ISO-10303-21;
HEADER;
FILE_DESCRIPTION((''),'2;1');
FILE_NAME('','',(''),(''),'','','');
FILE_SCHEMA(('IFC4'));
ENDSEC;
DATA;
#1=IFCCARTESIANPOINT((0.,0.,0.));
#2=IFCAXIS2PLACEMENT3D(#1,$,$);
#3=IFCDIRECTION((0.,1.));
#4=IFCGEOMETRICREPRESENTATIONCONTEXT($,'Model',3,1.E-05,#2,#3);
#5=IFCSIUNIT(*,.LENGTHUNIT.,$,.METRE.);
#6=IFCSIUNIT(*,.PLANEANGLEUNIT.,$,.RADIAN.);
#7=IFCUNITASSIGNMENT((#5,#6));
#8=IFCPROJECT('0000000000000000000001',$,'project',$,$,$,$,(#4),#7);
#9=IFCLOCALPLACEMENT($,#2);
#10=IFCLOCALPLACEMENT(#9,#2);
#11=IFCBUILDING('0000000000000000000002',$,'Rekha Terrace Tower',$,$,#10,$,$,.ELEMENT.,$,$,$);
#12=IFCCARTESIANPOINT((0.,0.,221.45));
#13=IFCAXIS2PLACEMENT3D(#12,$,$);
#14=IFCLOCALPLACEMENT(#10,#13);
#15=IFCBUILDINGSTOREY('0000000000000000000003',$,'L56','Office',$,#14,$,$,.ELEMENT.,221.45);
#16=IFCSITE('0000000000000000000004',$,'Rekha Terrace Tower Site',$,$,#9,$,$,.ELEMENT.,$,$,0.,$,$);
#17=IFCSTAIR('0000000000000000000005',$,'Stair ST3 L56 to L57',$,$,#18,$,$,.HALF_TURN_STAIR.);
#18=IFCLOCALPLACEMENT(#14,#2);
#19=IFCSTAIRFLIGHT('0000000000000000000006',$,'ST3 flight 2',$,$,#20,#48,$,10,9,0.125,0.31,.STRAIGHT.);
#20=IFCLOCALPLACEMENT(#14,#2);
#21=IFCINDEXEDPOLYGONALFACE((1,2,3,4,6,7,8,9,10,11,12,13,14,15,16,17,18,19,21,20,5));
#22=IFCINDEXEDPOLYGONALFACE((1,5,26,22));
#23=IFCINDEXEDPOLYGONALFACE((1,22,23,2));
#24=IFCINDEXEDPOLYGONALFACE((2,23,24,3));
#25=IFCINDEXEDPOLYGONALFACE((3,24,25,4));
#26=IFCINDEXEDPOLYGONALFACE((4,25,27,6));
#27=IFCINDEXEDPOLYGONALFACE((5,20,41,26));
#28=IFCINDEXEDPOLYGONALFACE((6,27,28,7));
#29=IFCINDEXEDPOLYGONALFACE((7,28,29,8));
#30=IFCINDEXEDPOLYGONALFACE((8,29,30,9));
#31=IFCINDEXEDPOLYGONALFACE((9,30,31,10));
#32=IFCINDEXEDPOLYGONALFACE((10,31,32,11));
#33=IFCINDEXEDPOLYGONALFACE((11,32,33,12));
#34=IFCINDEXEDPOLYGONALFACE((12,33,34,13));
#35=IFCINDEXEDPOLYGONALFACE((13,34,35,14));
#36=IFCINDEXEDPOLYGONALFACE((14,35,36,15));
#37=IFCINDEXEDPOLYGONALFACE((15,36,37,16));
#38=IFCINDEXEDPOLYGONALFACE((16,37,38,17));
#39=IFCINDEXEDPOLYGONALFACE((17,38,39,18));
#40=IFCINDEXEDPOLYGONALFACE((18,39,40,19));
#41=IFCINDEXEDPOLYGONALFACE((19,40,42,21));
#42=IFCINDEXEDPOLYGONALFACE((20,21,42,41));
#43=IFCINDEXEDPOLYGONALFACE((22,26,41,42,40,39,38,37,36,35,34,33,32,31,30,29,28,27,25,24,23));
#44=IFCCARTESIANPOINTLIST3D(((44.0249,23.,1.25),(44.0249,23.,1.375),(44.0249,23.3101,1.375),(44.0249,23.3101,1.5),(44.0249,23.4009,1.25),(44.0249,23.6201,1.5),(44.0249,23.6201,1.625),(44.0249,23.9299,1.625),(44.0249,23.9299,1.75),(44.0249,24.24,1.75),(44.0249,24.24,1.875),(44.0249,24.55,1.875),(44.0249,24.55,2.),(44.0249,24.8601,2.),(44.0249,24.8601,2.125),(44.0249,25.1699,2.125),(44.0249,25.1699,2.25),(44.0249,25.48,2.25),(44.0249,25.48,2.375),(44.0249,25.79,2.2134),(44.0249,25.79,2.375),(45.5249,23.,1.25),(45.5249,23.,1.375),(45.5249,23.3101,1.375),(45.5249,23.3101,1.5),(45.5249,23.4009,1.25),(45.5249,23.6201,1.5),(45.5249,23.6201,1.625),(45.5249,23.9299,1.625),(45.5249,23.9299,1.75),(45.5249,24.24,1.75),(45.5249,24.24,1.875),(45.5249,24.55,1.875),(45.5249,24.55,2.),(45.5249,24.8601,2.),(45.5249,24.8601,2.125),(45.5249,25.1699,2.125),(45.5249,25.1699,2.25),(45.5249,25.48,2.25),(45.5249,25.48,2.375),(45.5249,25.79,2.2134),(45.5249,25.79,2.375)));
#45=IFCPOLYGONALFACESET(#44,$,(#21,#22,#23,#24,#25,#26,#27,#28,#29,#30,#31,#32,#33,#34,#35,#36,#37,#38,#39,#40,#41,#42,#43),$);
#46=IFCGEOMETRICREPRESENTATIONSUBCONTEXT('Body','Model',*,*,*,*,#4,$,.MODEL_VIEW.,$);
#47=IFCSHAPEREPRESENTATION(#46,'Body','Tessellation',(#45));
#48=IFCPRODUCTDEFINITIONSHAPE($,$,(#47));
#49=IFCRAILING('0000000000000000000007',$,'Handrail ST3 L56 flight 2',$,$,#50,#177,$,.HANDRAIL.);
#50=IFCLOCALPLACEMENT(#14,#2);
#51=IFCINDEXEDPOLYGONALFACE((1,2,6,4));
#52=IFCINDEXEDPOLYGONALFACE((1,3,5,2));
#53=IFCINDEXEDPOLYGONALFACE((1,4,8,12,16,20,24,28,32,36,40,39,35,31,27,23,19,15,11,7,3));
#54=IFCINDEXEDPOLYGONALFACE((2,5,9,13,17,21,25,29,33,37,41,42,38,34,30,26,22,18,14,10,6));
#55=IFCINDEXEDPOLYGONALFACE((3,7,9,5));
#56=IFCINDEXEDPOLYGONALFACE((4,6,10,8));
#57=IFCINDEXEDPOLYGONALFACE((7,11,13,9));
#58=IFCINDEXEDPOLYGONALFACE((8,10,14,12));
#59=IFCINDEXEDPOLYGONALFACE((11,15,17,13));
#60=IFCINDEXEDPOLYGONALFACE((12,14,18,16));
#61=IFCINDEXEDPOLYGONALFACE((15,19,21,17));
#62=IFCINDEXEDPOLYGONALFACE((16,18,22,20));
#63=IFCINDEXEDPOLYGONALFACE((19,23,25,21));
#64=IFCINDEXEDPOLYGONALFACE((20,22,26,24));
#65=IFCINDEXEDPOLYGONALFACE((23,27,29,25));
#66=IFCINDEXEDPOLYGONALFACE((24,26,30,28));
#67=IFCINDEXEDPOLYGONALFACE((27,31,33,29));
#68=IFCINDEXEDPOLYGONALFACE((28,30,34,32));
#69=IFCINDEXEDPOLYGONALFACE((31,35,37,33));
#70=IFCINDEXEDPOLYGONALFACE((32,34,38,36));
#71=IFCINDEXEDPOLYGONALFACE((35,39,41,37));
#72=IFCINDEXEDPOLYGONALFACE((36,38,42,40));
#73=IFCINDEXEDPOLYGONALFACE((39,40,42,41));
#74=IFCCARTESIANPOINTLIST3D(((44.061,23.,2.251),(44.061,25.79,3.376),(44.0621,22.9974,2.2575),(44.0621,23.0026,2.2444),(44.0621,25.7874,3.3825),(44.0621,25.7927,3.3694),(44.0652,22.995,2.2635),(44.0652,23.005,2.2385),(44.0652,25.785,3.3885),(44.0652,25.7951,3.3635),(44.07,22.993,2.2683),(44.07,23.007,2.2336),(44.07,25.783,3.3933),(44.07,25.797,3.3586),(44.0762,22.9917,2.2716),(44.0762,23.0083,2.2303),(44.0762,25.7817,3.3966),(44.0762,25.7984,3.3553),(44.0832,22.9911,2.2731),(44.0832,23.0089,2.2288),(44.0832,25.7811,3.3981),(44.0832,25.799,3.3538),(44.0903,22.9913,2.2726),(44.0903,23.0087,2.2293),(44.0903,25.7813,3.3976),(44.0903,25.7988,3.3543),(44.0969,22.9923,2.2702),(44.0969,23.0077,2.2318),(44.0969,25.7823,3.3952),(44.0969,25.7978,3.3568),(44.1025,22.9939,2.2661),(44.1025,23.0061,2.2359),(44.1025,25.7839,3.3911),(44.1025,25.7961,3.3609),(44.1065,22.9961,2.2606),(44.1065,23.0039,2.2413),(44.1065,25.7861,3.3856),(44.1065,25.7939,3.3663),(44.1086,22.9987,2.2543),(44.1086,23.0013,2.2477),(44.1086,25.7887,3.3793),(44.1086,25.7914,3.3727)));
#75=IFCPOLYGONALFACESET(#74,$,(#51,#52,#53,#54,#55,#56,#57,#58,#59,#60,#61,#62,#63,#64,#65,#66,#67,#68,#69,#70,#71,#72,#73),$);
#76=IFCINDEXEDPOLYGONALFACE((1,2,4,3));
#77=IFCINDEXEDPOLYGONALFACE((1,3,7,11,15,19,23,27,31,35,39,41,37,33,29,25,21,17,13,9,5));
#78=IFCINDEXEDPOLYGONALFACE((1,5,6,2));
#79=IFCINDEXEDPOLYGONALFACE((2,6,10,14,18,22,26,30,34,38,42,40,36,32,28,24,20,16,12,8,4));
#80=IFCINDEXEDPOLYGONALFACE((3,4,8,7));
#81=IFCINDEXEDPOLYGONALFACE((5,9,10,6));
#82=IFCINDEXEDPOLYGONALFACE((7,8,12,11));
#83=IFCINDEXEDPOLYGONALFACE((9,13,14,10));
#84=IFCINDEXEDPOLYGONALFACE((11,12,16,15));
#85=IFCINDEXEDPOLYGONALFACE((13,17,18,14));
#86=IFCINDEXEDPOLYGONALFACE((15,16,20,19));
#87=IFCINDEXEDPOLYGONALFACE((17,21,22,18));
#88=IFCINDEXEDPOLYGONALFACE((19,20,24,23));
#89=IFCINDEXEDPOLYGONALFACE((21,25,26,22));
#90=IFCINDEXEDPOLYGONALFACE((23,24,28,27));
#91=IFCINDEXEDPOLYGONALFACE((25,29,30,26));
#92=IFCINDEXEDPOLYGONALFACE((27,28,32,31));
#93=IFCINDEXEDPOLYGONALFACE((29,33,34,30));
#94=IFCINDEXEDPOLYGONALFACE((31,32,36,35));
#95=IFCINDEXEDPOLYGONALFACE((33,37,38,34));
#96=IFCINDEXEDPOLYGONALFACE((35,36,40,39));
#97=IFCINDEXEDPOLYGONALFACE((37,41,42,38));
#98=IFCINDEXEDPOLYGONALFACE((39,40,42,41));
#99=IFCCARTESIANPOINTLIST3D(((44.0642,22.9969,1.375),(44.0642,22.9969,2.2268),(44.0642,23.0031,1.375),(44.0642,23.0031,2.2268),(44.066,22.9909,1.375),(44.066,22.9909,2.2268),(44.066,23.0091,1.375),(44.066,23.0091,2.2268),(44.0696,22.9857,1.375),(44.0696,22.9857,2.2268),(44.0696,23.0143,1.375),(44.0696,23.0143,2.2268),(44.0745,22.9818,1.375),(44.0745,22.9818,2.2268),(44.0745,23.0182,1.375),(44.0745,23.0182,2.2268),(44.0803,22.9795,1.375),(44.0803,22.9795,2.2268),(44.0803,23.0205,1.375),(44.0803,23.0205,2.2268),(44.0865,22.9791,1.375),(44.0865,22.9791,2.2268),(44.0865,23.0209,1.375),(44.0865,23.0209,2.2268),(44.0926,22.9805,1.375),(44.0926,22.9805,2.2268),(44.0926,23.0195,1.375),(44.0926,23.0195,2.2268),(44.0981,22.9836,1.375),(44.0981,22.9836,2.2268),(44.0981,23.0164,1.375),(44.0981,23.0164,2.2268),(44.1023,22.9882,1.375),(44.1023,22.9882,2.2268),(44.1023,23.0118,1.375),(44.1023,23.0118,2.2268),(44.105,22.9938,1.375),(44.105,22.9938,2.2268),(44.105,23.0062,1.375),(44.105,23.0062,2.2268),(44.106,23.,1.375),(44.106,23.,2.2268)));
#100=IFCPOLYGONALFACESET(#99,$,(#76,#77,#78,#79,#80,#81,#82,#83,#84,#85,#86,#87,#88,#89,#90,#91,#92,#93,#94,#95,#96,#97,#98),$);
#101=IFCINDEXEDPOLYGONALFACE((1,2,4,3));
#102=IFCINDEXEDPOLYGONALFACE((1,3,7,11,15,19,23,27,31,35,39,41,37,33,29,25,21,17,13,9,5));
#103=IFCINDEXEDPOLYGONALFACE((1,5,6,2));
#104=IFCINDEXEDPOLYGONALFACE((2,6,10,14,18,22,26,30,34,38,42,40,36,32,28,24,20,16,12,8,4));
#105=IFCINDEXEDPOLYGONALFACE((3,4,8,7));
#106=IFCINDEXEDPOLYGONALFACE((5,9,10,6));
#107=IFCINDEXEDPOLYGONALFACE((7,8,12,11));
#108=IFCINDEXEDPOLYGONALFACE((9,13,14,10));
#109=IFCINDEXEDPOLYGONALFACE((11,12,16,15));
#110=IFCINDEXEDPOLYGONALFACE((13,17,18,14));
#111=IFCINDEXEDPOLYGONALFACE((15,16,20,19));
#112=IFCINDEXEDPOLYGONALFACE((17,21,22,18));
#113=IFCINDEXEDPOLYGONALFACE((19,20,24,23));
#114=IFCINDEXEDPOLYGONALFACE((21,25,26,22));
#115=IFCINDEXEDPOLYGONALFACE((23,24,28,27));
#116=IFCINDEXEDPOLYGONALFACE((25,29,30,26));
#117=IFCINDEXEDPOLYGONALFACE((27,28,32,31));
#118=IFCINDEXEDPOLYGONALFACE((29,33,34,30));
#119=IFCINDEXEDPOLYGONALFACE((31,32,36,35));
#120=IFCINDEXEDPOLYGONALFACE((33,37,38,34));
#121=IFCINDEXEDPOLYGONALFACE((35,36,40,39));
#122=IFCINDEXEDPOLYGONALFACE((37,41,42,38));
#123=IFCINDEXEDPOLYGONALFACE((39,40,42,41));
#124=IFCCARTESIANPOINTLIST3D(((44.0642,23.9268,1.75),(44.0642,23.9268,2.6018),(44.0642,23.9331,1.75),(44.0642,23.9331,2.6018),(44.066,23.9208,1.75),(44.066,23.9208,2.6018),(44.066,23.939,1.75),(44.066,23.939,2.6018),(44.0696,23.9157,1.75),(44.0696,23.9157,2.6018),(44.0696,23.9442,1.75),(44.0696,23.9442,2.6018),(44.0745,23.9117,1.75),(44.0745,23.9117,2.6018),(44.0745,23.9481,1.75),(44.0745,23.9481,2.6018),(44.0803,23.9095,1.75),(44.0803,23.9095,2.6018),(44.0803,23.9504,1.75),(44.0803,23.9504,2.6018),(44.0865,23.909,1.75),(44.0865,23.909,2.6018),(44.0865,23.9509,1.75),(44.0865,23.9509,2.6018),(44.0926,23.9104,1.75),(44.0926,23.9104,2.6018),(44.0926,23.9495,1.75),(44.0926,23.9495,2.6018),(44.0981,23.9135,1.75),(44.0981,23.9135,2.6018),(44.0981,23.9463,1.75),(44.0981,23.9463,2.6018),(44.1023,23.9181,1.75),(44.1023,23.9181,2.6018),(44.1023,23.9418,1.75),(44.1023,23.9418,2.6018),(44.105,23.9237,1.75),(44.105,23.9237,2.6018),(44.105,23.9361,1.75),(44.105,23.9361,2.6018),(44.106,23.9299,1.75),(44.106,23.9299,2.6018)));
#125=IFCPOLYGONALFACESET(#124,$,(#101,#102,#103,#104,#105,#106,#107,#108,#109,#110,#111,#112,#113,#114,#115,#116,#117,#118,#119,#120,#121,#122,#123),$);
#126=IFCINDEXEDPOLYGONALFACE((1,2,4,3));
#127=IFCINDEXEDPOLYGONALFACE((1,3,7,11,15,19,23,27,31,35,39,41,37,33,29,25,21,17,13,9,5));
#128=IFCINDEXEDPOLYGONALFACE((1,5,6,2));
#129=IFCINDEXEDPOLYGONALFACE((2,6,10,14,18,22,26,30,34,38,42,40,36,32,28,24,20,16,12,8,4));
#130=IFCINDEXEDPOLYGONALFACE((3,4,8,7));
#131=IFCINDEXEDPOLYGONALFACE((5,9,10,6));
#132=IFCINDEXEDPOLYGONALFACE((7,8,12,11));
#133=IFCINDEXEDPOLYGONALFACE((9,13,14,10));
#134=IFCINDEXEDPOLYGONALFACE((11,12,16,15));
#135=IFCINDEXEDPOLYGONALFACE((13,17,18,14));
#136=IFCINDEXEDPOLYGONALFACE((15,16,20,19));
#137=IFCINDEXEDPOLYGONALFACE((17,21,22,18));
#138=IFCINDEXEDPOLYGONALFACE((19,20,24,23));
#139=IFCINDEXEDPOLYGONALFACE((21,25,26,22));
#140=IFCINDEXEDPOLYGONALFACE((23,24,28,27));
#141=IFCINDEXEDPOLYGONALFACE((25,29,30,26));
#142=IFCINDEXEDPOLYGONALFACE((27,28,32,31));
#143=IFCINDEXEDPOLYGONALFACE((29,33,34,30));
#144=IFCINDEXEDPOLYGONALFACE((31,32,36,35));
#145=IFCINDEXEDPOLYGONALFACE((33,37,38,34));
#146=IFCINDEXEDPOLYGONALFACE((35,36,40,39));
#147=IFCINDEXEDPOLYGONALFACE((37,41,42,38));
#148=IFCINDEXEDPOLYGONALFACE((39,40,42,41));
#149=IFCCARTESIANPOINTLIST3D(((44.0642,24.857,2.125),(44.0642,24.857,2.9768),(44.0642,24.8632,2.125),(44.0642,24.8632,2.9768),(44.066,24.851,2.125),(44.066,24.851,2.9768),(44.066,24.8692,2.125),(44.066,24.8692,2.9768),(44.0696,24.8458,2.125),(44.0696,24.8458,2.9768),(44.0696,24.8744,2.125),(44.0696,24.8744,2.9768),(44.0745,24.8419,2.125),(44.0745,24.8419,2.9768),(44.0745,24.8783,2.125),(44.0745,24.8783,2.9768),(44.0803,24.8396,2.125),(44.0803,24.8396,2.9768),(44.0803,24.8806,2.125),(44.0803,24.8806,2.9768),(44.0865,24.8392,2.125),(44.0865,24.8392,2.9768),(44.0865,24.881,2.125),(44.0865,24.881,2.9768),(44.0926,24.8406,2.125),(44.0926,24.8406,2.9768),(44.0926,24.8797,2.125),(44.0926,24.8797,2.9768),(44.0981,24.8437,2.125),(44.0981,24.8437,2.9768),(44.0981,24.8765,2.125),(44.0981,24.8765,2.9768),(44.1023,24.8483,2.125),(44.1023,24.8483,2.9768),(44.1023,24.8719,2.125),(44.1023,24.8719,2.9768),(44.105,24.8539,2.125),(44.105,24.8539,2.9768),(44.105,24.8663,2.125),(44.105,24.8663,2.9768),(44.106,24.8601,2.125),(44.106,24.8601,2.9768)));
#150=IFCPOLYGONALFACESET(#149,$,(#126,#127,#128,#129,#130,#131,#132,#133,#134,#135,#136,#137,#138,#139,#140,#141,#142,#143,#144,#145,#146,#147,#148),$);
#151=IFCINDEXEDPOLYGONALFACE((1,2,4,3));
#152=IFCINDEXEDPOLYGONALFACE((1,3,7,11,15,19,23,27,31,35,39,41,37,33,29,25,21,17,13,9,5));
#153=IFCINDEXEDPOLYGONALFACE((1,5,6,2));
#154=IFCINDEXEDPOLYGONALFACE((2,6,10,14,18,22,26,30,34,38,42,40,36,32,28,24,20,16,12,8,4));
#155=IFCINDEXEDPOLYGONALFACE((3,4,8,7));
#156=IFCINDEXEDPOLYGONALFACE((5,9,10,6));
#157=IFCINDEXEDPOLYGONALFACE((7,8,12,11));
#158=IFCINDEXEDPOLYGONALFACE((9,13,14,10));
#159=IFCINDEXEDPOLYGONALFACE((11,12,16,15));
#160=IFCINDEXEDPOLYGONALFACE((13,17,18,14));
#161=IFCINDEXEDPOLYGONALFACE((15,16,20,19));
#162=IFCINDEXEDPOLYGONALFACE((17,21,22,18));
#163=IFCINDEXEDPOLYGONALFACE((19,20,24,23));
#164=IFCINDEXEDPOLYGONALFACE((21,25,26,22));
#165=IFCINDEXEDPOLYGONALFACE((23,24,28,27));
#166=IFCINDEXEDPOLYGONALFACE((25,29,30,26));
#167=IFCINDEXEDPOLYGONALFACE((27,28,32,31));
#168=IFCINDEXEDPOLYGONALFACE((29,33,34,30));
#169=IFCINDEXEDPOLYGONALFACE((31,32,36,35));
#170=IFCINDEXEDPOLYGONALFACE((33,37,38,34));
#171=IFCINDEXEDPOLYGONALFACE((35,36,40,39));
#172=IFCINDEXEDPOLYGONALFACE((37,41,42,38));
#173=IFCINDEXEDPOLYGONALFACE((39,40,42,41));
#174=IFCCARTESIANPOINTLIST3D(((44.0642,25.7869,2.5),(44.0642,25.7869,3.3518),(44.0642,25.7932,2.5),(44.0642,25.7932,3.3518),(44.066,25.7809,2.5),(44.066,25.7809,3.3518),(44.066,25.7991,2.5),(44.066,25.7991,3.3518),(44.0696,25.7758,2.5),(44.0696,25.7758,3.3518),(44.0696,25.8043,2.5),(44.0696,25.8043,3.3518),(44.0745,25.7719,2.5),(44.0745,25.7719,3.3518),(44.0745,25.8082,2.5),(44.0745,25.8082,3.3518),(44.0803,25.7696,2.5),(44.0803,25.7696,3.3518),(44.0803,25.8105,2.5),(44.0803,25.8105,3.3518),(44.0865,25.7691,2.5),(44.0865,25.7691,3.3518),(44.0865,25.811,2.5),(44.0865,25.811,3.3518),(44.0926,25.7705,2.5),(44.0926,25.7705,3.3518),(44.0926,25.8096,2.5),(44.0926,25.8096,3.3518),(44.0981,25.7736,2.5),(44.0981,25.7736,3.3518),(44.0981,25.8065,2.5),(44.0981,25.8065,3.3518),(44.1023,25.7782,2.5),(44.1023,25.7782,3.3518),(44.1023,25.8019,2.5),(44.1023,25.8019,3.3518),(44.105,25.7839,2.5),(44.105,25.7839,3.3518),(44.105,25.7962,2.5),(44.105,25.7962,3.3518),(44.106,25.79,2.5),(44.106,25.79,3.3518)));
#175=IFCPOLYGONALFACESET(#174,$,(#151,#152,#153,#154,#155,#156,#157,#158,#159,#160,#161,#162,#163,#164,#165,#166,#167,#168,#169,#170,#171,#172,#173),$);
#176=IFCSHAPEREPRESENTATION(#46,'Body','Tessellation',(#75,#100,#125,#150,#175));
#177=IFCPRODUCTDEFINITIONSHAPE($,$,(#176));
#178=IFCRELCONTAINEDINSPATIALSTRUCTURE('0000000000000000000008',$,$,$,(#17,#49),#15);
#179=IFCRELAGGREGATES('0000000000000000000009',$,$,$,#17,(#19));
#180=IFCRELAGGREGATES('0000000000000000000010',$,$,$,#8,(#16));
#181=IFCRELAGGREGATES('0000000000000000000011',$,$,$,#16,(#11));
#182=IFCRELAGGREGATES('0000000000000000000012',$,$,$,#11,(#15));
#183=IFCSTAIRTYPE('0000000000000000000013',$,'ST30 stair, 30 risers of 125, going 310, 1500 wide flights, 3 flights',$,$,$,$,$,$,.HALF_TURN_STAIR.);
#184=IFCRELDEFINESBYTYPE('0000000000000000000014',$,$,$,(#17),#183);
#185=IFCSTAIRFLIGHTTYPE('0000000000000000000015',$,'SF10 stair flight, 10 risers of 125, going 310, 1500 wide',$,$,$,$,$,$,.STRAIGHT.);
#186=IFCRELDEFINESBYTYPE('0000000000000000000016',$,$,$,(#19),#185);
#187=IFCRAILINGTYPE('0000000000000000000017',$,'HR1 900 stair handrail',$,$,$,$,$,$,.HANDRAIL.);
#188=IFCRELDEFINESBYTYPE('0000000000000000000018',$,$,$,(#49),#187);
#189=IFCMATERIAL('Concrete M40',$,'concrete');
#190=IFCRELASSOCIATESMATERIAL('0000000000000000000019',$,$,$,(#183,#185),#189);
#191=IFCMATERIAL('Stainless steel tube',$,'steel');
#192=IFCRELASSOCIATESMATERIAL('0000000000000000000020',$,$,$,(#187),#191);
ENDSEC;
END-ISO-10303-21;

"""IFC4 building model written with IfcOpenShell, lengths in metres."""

from ifc_helpers import new_model, si_unit, direction, frame, origin, origin_2d, place, context, subcontext, project, spatial, polyline, circle, outline, extrude, material, type_object, element, aggregate, save


model = new_model("IFC4")

# Units and contexts
model_context = context("Model", 3, precision=1e-05, world=origin(), true_north=direction((0.0, 1.0)))
body_context = subcontext(model_context, "Body", "Model", "MODEL_VIEW")
ifc_project = project(units=[si_unit("LENGTHUNIT", "METRE"), si_unit("PLANEANGLEUNIT", "RADIAN")], contexts=[model_context])

# Site, building, storey
site_placement = place(None, origin())
site = spatial("IfcSite", under=ifc_project, at=site_placement, Name="Rekha Terrace Tower Site", CompositionType="ELEMENT", RefElevation=0.0)
building_placement = place(site_placement, origin())
building = spatial("IfcBuilding", under=site, at=building_placement, Name="Rekha Terrace Tower", CompositionType="ELEMENT")
storey_placement = place(building_placement, frame((0.0, 0.0, 221.45)))
storey = spatial("IfcBuildingStorey", under=building, at=storey_placement, Name="L56", Description="Office", CompositionType="ELEMENT", Elevation=221.45)

# Stair, stair flight
ifc_material_1 = material(Name="Concrete M40", Category="concrete")
stair_type = type_object("IfcStairType", Name="ST30 stair, 30 risers of 125, going 310, 1500 wide flights, 3 flights", PredefinedType="HALF_TURN_STAIR", material=ifc_material_1)
stair_placement = place(storey_placement, origin())
stair = element("IfcStair", 1, at=stair_placement, inside=storey, type_object=stair_type, Name="Stair ST3 L56 to L57", PredefinedType="HALF_TURN_STAIR")
stair_flight_type = type_object("IfcStairFlightType", Name="SF10 stair flight, 10 risers of 125, going 310, 1500 wide", PredefinedType="STRAIGHT", material=ifc_material_1)
stair_flight_placement = place(storey_placement, frame((44.7749, 23.0, 1.25), z_axis=(0.0, 0.0, 1.0), x_axis=(0.0, 1.0, 0.0)))
stair_flight = element("IfcStairFlight", 2, at=stair_flight_placement, type_object=stair_flight_type, Name="ST3 flight 2", NumberOfRisers=10, NumberOfTreads=9, PredefinedType="STRAIGHT", RiserHeight=0.125, TreadLength=0.31, context=body_context, shape_type="SweptSolid", body=[
    extrude(outline(polyline([(0.0, 0.0), (0.0, 0.125), (0.3101, 0.125), (0.3101, 0.25), (0.6201, 0.25), (0.6201, 0.375), (0.9299, 0.375), (0.9299, 0.5), (1.24, 0.5), (1.24, 0.625), (1.55, 0.625), (1.55, 0.75), (1.8601, 0.75), (1.8601, 0.875), (2.1699, 0.875), (2.1699, 1.0), (2.48, 1.0), (2.48, 1.125), (2.79, 1.125), (2.79, 1.25), (2.79, 0.9634), (0.4009, 0.0), (0.0, 0.0)])), frame((0.0, 0.75, 0.0), z_axis=(0.0, -1.0, 0.0), x_axis=(1.0, 0.0, 0.0)), (0.0, 0.0, 1.0), 1.5),
])
aggregate(stair, [stair_flight])

# Railing
ifc_material_2 = material(Name="Stainless steel tube", Category="steel")
railing_type = type_object("IfcRailingType", Name="HR1 900 stair handrail", PredefinedType="HANDRAIL", material=ifc_material_2)
railing_placement = place(storey_placement, frame((44.085, 23.0, 1.375)))
element("IfcRailing", 3, at=railing_placement, inside=storey, type_object=railing_type, Name="Handrail ST3 L56 flight 2", PredefinedType="HANDRAIL", context=body_context, shape_type="SweptSolid", body=[
    extrude(circle(Radius=0.0239, at=origin_2d()), frame((0.0, 0.0, 0.876), z_axis=(0.0, 0.927443, 0.373964), x_axis=(-1.0, 0.0, 0.0)), (0.0, 0.0, 1.0), 3.0083),
    extrude(circle(Radius=0.021, at=origin_2d()), origin(), (0.0, 0.0, 1.0), 0.8518),
    extrude(circle(Radius=0.021, at=origin_2d()), frame((0.0, 0.9299, 0.375)), (0.0, 0.0, 1.0), 0.8518),
    extrude(circle(Radius=0.021, at=origin_2d()), frame((0.0, 1.8601, 0.75)), (0.0, 0.0, 1.0), 0.8518),
    extrude(circle(Radius=0.021, at=origin_2d()), frame((0.0, 2.79, 1.125)), (0.0, 0.0, 1.0), 0.8518),
])

save(model, "model.ifc")
